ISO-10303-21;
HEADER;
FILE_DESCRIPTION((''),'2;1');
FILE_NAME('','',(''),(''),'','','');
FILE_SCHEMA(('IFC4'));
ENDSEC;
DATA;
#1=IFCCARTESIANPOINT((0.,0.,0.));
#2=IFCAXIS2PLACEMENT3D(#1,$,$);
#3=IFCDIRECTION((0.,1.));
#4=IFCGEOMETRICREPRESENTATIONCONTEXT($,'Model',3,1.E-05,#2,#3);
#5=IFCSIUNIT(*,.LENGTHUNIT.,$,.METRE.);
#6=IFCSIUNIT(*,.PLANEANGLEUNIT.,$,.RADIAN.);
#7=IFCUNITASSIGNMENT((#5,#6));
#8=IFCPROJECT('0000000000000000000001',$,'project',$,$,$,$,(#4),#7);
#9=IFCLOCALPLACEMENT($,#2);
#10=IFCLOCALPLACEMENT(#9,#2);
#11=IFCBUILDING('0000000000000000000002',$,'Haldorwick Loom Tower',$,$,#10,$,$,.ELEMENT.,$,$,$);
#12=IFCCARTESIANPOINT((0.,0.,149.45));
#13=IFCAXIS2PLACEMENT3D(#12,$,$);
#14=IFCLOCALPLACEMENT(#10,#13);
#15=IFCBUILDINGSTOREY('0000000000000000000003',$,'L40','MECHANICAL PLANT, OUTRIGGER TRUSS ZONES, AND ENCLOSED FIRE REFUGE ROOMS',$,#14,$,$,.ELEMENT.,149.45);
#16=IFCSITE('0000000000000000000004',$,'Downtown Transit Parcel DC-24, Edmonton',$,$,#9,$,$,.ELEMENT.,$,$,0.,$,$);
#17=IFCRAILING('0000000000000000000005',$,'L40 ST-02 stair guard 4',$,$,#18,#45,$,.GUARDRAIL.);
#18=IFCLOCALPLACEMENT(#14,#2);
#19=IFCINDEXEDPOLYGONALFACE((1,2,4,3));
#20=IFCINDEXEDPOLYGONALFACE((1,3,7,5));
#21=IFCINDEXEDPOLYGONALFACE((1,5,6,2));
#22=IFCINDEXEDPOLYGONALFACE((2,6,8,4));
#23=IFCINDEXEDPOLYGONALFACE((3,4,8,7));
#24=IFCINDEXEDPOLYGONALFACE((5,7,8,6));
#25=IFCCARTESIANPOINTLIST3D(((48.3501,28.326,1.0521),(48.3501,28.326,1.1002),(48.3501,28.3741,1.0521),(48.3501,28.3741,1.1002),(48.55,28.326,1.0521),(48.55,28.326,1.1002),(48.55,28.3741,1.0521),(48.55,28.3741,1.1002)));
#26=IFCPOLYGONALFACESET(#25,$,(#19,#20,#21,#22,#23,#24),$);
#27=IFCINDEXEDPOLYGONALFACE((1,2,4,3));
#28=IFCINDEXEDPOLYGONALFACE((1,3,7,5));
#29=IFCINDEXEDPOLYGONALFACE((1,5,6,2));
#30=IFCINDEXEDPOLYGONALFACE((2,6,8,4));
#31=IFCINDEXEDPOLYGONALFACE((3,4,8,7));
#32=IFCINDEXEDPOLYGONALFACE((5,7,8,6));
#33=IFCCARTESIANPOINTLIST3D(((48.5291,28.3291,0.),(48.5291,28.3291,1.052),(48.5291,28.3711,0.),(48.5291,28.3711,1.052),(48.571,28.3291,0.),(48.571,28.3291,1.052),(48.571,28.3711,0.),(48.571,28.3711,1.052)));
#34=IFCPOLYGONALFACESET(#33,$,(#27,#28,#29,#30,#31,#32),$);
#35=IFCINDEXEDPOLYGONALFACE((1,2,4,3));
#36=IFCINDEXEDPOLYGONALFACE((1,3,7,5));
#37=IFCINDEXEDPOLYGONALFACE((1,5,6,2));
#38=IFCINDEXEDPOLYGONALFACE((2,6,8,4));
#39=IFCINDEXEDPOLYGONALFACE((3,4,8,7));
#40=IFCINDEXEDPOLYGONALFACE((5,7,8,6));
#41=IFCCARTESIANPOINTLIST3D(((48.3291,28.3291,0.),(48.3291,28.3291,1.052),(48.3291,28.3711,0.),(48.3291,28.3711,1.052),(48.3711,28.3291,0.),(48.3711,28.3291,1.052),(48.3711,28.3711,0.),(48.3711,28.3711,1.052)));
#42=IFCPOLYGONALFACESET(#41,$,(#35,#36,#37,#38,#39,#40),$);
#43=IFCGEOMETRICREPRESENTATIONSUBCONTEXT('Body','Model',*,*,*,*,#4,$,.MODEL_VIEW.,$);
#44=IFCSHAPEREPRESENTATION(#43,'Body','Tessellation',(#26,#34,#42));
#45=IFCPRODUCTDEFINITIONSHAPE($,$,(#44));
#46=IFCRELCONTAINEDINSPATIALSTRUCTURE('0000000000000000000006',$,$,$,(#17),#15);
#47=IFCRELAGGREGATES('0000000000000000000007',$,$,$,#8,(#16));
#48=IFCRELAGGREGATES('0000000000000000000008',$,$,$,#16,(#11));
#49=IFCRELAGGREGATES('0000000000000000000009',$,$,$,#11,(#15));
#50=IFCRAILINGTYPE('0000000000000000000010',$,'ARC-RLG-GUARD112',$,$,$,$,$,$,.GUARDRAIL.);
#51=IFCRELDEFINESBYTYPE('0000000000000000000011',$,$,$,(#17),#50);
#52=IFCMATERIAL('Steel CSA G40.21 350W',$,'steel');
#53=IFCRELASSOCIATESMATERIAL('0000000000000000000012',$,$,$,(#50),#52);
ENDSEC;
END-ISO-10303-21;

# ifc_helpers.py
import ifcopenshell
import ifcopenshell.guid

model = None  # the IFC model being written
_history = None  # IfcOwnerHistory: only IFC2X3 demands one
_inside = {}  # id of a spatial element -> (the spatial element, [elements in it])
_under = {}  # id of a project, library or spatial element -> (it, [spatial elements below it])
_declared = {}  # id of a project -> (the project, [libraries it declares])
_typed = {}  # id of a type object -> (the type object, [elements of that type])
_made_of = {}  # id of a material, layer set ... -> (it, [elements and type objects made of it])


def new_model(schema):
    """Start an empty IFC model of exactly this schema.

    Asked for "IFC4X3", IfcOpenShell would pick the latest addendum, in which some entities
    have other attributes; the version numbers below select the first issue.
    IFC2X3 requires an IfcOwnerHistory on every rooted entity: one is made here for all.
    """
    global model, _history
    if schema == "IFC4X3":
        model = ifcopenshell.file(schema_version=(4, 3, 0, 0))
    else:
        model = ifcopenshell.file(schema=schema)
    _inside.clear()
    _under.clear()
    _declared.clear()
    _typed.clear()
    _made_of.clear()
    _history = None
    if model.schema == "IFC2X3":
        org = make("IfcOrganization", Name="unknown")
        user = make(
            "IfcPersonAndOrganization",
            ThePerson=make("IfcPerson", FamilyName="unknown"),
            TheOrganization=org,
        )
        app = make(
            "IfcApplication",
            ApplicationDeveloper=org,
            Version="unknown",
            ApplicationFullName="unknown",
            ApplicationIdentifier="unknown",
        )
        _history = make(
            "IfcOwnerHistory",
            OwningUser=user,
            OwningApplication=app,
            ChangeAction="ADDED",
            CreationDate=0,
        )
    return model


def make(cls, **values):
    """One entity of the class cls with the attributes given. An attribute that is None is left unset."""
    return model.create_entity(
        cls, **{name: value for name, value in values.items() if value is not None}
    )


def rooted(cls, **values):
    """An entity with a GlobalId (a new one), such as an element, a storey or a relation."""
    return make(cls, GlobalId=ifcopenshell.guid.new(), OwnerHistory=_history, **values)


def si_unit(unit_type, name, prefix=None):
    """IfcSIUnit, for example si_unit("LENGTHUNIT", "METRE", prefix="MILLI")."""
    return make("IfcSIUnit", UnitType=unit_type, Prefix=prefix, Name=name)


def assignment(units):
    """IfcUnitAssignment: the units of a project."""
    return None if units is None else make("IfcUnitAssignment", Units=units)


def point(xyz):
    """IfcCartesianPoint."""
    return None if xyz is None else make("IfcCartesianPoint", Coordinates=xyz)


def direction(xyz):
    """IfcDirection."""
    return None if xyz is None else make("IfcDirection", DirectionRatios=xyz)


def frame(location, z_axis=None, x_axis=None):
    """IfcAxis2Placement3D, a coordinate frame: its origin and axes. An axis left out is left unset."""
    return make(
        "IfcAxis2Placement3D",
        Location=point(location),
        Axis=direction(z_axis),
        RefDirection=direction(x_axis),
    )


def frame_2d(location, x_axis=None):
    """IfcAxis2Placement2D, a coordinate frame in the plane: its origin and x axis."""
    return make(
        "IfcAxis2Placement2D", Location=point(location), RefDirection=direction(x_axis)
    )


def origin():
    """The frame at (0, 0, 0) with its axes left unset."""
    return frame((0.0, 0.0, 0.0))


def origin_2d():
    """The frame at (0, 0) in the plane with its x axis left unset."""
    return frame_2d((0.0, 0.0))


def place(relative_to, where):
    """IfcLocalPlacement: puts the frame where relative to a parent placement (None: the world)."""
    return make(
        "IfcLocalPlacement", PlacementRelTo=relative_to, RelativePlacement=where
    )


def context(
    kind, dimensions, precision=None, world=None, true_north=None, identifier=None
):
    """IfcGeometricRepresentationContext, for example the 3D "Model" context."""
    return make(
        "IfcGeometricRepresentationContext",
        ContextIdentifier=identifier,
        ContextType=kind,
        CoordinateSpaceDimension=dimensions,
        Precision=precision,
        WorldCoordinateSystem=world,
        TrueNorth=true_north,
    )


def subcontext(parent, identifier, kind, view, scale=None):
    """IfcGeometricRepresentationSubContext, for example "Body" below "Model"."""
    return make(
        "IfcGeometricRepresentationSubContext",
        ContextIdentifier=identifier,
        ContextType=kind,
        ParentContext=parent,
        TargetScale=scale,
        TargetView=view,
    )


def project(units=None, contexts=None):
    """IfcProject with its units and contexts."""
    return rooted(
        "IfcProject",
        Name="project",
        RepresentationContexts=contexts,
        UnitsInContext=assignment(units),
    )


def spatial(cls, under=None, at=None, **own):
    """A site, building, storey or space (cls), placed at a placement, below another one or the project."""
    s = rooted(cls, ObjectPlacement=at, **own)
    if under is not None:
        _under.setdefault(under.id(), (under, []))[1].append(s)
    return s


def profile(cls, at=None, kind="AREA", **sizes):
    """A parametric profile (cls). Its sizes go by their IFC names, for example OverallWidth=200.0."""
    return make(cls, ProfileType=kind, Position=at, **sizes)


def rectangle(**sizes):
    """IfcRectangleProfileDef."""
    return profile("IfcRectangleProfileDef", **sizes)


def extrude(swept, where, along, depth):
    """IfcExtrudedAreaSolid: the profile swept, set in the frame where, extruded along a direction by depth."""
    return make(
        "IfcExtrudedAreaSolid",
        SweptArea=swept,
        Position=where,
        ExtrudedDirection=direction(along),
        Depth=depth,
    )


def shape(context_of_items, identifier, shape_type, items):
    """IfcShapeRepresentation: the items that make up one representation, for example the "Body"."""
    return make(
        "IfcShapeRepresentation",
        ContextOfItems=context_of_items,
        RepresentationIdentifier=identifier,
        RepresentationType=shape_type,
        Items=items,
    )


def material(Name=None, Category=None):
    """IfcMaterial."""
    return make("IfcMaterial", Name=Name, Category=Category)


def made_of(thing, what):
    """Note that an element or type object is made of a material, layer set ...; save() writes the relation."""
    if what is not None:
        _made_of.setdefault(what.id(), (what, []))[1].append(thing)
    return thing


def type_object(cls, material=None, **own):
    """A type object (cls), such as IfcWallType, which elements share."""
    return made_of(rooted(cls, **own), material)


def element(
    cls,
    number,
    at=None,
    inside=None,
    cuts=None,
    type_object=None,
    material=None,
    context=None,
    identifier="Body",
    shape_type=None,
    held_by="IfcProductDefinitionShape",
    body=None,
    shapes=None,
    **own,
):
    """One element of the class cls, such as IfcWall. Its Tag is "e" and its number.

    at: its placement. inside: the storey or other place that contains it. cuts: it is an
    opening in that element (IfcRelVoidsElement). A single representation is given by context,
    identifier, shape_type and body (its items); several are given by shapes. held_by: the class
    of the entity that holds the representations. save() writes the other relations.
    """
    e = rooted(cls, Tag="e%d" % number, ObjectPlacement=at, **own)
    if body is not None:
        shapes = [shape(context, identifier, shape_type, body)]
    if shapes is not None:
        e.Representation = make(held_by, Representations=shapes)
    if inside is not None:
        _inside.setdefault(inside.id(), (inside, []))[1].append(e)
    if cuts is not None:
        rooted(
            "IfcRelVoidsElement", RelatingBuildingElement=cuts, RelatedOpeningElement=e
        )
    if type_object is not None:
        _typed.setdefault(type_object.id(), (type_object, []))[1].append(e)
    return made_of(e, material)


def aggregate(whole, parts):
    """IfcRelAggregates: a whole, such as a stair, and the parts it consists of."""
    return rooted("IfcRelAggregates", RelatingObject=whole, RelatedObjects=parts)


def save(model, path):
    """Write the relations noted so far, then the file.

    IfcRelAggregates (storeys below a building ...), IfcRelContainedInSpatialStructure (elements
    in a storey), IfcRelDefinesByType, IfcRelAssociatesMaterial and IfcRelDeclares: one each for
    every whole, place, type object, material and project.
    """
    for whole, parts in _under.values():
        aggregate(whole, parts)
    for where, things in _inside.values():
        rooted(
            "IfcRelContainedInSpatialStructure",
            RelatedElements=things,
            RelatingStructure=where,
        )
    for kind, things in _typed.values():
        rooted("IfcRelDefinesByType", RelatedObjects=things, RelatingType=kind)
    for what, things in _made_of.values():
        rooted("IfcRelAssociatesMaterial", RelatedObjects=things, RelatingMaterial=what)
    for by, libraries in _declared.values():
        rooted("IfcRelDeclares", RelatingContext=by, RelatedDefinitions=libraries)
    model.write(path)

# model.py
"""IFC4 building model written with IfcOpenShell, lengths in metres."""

from ifc_helpers import new_model, si_unit, direction, frame, origin, origin_2d, place, context, subcontext, project, spatial, rectangle, extrude, material, type_object, element, save


model = new_model("IFC4")

# Units and contexts
model_context = context("Model", 3, precision=1e-05, world=origin(), true_north=direction((0.0, 1.0)))
body_context = subcontext(model_context, "Body", "Model", "MODEL_VIEW")
ifc_project = project(units=[si_unit("LENGTHUNIT", "METRE"), si_unit("PLANEANGLEUNIT", "RADIAN")], contexts=[model_context])

# Site, building, storey
site_placement = place(None, origin())
site = spatial("IfcSite", under=ifc_project, at=site_placement, Name="Downtown Transit Parcel DC-24, Edmonton", CompositionType="ELEMENT", RefElevation=0.0)
building_placement = place(site_placement, origin())
building = spatial("IfcBuilding", under=site, at=building_placement, Name="Haldorwick Loom Tower", CompositionType="ELEMENT")
storey_placement = place(building_placement, frame((0.0, 0.0, 149.45)))
storey = spatial("IfcBuildingStorey", under=building, at=storey_placement, Name="L40", Description="MECHANICAL PLANT, OUTRIGGER TRUSS ZONES, AND ENCLOSED FIRE REFUGE ROOMS", CompositionType="ELEMENT", Elevation=149.45)

# Shared definitions
ifc_material_1 = material(Name="Steel CSA G40.21 350W", Category="steel")

# Railing
railing_type = type_object("IfcRailingType", Name="ARC-RLG-GUARD112", PredefinedType="GUARDRAIL", material=ifc_material_1)
railing_1_placement = place(storey_placement, frame((48.55, 28.3501, 0.0)))
element("IfcRailing", 1, at=railing_1_placement, inside=storey, type_object=railing_type, Name="L40 ST-02 stair guard 4", PredefinedType="GUARDRAIL", context=body_context, shape_type="SweptSolid", body=[
    extrude(rectangle(XDim=0.0481, YDim=0.0481, at=origin_2d()), frame((0.0, 0.0, 1.0762), z_axis=(-1.0, 0.0, 0.0), x_axis=(0.0, -1.0, 0.0)), (0.0, 0.0, 1.0), 0.2),
    extrude(rectangle(XDim=0.042, YDim=0.042, at=origin_2d()), origin(), (0.0, 0.0, 1.0), 1.052),
    extrude(rectangle(XDim=0.042, YDim=0.042, at=origin_2d()), frame((-0.2, 0.0, 0.0)), (0.0, 0.0, 1.0), 1.052),
])

save(model, "model.ifc")
